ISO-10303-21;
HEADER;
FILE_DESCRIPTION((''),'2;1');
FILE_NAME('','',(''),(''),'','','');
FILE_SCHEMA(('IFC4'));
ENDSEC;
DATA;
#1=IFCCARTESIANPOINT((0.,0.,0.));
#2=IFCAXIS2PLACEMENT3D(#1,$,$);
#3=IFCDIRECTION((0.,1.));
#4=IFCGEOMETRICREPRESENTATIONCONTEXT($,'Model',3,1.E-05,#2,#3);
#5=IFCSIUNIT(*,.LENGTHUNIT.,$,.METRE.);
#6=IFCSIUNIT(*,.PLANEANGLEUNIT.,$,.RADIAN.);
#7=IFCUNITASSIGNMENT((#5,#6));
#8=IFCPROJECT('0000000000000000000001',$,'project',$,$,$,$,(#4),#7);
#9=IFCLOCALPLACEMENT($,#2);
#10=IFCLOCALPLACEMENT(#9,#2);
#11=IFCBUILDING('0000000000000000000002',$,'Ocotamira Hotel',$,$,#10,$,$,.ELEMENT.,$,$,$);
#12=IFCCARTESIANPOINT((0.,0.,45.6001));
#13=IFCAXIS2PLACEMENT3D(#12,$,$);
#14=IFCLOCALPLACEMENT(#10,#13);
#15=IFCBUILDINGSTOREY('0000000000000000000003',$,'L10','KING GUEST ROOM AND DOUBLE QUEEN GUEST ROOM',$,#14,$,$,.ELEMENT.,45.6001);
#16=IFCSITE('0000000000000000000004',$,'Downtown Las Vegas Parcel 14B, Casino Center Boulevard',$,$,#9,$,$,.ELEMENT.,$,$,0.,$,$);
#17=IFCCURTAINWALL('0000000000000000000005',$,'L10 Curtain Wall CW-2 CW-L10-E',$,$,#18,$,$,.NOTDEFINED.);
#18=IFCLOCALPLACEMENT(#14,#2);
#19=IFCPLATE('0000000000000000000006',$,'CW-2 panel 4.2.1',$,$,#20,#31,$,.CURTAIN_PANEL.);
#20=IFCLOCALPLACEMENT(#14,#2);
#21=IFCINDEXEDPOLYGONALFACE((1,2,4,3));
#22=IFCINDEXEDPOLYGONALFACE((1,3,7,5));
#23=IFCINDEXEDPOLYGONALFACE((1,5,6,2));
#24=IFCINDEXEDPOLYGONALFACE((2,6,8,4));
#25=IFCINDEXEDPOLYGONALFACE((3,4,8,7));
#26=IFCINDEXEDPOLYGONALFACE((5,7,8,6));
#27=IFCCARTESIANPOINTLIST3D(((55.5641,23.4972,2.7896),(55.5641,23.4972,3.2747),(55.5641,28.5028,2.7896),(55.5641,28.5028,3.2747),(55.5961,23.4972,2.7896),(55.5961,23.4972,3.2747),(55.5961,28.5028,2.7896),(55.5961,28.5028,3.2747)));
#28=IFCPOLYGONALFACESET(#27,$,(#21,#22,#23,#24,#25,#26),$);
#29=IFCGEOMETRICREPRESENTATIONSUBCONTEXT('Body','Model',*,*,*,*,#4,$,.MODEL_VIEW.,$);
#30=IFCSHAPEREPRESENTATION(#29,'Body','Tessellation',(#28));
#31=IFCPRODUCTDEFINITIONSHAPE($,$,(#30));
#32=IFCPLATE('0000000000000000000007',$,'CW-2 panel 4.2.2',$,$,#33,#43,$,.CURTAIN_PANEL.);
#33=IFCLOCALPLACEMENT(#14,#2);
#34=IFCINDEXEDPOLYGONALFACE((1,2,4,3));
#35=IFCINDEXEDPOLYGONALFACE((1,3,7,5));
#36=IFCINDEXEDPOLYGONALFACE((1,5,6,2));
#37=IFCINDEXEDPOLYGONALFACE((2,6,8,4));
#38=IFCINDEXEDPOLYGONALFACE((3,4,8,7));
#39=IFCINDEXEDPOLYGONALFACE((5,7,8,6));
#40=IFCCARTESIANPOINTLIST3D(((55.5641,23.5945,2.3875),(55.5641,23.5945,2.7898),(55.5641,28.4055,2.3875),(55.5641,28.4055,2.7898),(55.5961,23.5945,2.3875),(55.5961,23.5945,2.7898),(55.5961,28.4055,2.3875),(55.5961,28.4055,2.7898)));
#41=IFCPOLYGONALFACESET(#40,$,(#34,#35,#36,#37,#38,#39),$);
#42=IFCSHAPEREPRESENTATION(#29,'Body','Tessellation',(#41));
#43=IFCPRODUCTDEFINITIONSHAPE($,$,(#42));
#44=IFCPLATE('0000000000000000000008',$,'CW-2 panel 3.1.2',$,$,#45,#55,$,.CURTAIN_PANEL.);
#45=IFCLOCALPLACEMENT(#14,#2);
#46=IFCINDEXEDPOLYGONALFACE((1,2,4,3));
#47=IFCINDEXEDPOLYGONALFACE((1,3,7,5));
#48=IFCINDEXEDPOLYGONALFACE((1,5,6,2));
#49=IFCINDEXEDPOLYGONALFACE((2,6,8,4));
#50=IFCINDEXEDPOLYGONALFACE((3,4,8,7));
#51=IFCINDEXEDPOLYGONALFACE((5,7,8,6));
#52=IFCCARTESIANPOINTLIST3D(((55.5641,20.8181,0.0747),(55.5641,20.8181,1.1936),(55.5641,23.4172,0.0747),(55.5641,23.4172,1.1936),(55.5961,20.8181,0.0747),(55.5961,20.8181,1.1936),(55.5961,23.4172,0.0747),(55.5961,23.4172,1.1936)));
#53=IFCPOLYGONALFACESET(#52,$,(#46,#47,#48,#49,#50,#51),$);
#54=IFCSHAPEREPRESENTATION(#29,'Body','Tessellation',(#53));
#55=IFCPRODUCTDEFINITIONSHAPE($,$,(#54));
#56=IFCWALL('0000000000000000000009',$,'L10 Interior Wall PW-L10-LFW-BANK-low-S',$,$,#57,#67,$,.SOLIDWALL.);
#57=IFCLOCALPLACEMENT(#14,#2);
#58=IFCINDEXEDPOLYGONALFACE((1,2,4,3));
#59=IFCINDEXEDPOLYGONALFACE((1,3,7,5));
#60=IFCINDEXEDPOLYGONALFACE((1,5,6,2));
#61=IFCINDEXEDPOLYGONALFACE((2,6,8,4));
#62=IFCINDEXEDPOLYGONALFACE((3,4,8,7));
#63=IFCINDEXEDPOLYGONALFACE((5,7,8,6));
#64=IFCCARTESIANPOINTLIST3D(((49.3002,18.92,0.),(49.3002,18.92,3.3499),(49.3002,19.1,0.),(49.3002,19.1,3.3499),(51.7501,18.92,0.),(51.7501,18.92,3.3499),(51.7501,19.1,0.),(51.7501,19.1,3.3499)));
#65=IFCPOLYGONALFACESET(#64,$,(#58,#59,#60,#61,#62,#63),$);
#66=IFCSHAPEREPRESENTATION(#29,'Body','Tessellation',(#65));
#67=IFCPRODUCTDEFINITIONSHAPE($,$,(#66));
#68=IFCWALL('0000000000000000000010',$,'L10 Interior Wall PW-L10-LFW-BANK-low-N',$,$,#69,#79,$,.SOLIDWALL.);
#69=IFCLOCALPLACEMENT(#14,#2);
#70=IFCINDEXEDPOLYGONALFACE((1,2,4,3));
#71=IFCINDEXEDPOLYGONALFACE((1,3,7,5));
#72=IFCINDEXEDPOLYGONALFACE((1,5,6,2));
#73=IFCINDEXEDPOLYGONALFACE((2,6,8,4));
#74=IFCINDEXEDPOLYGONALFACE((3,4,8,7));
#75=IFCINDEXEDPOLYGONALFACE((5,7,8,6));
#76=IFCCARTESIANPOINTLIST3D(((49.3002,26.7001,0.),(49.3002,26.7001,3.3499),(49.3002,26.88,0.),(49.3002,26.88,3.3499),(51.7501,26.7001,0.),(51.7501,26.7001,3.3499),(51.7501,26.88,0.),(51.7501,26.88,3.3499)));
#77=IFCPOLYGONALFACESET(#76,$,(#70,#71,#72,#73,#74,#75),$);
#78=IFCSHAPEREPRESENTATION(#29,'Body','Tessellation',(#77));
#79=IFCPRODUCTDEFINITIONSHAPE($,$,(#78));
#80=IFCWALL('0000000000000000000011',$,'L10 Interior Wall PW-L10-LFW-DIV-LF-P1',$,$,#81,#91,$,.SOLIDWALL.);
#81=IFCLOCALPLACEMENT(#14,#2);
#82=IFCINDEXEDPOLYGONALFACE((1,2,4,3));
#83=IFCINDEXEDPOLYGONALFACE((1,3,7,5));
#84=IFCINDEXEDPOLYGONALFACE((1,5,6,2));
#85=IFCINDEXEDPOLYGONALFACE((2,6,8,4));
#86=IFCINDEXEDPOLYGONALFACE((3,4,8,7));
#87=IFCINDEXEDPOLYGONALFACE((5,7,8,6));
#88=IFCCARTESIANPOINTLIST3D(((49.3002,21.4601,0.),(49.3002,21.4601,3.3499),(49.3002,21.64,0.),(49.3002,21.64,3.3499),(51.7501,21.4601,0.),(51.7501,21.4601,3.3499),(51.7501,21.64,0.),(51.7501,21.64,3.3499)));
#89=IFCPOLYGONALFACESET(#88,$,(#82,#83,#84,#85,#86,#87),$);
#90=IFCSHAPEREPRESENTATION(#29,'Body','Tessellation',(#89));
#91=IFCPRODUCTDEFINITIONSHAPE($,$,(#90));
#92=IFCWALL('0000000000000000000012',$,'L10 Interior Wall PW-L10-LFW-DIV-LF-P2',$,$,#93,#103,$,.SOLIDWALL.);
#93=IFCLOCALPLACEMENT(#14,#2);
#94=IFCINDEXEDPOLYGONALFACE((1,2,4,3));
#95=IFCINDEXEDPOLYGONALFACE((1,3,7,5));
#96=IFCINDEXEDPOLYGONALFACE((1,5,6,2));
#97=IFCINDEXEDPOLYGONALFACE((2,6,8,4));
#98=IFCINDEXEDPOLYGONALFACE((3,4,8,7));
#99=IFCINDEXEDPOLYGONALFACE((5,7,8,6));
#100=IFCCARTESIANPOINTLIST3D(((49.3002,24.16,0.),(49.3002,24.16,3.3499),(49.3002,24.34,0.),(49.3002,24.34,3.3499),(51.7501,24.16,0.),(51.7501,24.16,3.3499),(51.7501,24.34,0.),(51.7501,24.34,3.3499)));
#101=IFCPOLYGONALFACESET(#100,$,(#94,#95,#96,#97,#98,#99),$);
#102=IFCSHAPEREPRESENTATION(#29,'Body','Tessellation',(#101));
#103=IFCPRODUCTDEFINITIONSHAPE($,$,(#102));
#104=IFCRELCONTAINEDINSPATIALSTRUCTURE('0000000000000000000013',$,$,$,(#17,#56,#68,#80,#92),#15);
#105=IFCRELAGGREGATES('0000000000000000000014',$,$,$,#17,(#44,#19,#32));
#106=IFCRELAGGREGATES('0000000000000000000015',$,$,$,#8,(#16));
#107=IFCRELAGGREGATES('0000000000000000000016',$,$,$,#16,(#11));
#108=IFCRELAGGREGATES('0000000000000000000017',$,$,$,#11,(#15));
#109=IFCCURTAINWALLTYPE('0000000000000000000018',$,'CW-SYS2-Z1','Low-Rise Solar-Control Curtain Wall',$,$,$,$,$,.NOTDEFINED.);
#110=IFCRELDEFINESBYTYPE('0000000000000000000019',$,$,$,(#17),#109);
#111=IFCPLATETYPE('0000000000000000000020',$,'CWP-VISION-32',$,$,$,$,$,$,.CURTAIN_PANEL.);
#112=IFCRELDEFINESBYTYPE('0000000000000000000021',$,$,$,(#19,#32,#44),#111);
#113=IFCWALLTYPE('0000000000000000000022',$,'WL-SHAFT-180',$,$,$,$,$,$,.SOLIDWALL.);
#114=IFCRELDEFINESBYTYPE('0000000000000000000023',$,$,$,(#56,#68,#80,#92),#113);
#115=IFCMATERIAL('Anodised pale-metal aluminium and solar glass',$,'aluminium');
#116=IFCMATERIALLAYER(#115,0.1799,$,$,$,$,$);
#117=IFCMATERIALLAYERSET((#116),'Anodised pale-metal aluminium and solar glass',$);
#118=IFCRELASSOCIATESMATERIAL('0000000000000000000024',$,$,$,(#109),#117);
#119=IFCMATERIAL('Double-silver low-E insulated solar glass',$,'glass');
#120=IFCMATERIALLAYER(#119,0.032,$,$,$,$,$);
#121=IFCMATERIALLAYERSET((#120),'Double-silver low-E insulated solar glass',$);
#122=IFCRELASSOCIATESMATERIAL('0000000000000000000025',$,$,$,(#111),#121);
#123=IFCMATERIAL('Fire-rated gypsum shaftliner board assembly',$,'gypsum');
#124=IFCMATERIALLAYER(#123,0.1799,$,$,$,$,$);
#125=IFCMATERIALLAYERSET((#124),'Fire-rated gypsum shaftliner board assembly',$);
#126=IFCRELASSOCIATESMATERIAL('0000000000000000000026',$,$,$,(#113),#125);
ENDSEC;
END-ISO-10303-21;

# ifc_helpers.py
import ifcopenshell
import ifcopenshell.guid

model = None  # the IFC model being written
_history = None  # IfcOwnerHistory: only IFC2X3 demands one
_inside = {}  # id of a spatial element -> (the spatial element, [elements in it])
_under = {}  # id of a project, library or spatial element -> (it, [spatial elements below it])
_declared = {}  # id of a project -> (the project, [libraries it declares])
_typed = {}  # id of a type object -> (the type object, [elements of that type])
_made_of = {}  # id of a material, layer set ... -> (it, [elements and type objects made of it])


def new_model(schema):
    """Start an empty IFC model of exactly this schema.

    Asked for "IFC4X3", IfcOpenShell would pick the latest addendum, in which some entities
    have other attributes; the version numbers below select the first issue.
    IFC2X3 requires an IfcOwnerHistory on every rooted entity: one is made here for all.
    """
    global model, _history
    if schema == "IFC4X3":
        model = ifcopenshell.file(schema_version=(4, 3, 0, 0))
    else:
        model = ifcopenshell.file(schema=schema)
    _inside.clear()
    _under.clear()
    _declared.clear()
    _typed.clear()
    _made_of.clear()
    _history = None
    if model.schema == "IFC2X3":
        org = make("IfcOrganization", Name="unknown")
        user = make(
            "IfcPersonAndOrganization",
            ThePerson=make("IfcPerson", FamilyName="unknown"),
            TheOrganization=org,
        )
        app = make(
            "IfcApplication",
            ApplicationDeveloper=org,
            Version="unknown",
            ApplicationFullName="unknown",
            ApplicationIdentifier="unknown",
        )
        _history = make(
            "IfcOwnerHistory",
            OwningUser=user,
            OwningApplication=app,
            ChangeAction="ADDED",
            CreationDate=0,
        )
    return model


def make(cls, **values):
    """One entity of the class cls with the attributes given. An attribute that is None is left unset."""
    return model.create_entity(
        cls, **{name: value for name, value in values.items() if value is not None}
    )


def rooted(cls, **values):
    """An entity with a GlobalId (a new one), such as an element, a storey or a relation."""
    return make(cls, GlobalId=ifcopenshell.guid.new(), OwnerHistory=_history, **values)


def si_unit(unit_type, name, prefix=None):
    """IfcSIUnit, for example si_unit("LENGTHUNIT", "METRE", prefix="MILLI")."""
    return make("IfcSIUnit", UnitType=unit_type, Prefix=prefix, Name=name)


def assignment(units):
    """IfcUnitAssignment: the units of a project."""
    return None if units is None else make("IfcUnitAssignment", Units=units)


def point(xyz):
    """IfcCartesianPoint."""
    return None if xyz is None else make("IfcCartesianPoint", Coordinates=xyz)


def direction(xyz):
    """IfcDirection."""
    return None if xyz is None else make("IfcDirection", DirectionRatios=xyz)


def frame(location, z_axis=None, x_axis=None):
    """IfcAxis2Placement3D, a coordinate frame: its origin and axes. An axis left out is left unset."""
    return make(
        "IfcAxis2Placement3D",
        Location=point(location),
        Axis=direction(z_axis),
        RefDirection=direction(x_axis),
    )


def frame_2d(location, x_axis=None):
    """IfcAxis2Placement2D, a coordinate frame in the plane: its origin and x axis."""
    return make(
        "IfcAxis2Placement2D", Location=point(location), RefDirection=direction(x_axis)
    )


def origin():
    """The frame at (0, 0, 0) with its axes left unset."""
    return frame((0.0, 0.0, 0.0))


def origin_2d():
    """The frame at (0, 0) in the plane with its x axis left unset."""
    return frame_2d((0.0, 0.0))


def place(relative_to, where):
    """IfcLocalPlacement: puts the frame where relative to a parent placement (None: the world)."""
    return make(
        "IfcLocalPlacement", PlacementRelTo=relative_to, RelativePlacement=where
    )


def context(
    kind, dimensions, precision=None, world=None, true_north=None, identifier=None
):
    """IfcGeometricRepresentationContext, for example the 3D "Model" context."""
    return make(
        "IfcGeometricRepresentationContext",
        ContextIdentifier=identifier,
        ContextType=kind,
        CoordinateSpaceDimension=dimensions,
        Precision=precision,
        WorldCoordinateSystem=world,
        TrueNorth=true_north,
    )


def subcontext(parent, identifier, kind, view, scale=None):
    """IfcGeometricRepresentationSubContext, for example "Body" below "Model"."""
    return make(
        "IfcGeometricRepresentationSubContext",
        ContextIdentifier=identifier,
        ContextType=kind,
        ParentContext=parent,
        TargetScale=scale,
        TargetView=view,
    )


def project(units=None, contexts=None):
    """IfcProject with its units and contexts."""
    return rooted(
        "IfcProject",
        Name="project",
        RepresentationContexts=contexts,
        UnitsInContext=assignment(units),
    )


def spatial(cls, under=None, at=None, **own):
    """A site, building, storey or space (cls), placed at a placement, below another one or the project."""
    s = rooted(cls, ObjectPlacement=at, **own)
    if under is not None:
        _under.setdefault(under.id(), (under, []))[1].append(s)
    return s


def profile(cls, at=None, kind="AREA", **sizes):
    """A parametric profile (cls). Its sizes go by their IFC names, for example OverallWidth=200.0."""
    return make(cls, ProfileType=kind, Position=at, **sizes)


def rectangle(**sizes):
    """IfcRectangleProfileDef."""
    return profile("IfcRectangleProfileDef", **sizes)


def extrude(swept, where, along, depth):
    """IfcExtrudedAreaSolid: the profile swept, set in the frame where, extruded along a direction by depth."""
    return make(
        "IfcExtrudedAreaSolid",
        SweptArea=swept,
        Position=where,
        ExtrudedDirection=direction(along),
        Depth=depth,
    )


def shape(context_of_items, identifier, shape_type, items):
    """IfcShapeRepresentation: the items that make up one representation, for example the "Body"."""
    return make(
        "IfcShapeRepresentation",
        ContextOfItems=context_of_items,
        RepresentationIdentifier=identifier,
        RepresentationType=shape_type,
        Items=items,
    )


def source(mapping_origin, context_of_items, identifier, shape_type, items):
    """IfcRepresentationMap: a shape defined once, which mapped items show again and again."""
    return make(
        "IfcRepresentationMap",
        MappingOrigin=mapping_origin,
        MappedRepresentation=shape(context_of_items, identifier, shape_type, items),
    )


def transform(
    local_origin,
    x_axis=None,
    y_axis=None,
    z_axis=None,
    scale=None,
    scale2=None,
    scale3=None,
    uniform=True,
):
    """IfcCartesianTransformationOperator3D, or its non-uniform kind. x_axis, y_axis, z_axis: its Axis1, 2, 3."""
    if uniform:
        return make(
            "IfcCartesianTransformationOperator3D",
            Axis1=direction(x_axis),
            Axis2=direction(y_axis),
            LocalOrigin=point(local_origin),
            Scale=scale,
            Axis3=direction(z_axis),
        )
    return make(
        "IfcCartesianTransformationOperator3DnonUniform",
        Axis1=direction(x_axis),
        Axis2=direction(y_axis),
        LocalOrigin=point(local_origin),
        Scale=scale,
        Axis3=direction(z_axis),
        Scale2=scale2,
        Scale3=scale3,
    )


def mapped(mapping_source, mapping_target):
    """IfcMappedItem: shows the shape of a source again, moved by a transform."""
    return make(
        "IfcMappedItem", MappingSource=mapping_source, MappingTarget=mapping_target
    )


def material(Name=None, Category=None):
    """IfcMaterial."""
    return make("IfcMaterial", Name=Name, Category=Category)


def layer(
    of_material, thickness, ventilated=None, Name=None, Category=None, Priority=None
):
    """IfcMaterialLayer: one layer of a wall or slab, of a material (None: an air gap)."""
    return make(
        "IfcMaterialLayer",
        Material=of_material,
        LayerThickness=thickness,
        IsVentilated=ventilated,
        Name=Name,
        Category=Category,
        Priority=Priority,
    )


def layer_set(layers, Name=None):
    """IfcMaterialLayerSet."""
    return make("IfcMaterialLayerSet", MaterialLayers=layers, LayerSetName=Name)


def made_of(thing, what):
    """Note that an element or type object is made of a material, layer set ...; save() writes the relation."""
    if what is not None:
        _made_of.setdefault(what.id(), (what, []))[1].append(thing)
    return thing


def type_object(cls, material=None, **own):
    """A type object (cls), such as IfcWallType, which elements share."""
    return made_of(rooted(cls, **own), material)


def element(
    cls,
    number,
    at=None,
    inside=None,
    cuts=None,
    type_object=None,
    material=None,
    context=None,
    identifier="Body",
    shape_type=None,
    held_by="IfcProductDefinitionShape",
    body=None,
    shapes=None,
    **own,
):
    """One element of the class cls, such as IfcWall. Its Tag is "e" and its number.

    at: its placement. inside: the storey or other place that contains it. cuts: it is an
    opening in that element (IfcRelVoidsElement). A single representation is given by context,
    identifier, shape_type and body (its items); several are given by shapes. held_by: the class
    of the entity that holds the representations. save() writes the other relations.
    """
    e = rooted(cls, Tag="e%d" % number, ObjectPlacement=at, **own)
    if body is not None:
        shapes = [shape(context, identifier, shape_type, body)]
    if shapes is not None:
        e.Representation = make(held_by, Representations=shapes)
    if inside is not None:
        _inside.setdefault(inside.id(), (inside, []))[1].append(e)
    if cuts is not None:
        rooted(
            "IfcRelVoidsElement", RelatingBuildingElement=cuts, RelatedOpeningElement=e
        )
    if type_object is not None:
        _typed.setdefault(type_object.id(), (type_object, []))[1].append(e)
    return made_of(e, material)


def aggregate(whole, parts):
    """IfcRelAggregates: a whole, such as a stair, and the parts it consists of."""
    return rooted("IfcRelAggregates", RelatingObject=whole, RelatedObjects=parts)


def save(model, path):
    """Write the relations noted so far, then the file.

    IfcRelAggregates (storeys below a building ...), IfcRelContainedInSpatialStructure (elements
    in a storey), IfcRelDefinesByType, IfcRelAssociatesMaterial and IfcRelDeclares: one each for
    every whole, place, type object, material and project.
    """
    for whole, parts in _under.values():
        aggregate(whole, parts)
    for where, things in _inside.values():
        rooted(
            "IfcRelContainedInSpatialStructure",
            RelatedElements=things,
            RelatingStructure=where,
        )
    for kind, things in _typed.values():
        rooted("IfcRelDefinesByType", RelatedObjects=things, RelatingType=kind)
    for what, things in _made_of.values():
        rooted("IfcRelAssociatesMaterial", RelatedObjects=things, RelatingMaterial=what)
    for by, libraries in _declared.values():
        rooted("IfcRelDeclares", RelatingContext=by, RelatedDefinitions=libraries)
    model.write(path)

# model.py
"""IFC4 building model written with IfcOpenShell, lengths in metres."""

from ifc_helpers import new_model, si_unit, direction, frame, frame_2d, origin, origin_2d, place, context, subcontext, project, spatial, rectangle, extrude, source, transform, mapped, material, layer, layer_set, type_object, element, aggregate, save


model = new_model("IFC4")

# Units and contexts
model_context = context("Model", 3, precision=1e-05, world=origin(), true_north=direction((0.0, 1.0)))
body_context = subcontext(model_context, "Body", "Model", "MODEL_VIEW")
ifc_project = project(units=[si_unit("LENGTHUNIT", "METRE"), si_unit("PLANEANGLEUNIT", "RADIAN")], contexts=[model_context])

# Site, building, storey
site_placement = place(None, origin())
site = spatial("IfcSite", under=ifc_project, at=site_placement, Name="Downtown Las Vegas Parcel 14B, Casino Center Boulevard", CompositionType="ELEMENT", RefElevation=0.0)
building_placement = place(site_placement, origin())
building = spatial("IfcBuilding", under=site, at=building_placement, Name="Ocotamira Hotel", CompositionType="ELEMENT")
storey_placement = place(building_placement, frame((0.0, 0.0, 45.6001)))
storey = spatial("IfcBuildingStorey", under=building, at=storey_placement, Name="L10", Description="KING GUEST ROOM AND DOUBLE QUEEN GUEST ROOM", CompositionType="ELEMENT", Elevation=45.6001)

# Curtain wall
ifc_material_1 = material(Name="Anodised pale-metal aluminium and solar glass", Category="aluminium")
ifc_layer_1 = layer(ifc_material_1, 0.1799)
ifc_layer_set_1 = layer_set([ifc_layer_1], Name="Anodised pale-metal aluminium and solar glass")
curtain_wall_type = type_object("IfcCurtainWallType", Name="CW-SYS2-Z1", Description="Low-Rise Solar-Control Curtain Wall", PredefinedType="NOTDEFINED", material=ifc_layer_set_1)
curtain_wall_placement = place(storey_placement, origin())
curtain_wall = element("IfcCurtainWall", 1, at=curtain_wall_placement, inside=storey, type_object=curtain_wall_type, Name="L10 Curtain Wall CW-2 CW-L10-E", PredefinedType="NOTDEFINED")

# Plates
ifc_material_2 = material(Name="Double-silver low-E insulated solar glass", Category="glass")
ifc_layer_2 = layer(ifc_material_2, 0.032)
ifc_layer_set_2 = layer_set([ifc_layer_2], Name="Double-silver low-E insulated solar glass")
plate_type_1 = type_object("IfcPlateType", Name="CWP-VISION-32", PredefinedType="CURTAIN_PANEL", material=ifc_layer_set_2)
shared_shape_1 = source(origin(), body_context, "Body", "SweptSolid", [
    extrude(rectangle(XDim=5.0056, YDim=0.032, at=origin_2d()), origin(), (0.0, 0.0, 1.0), 0.4851),
])
plate_1_placement = place(storey_placement, frame((55.5801, 26.0, 2.7896), z_axis=(0.0, 0.0, 1.0), x_axis=(0.0, 1.0, 0.0)))
plate_1 = element("IfcPlate", 2, at=plate_1_placement, type_object=plate_type_1, Name="CW-2 panel 4.2.1", PredefinedType="CURTAIN_PANEL", context=body_context, shape_type="MappedRepresentation", body=[
    mapped(shared_shape_1, transform((0.0, 0.0, 0.0), scale=1.0)),
])
shared_shape_2 = source(origin(), body_context, "Body", "SweptSolid", [
    extrude(rectangle(XDim=4.811, YDim=0.032, at=origin_2d()), origin(), (0.0, 0.0, 1.0), 0.4023),
])
plate_2_placement = place(storey_placement, frame((55.5801, 26.0, 2.3875), z_axis=(0.0, 0.0, 1.0), x_axis=(0.0, 1.0, 0.0)))
plate_2 = element("IfcPlate", 3, at=plate_2_placement, type_object=plate_type_1, Name="CW-2 panel 4.2.2", PredefinedType="CURTAIN_PANEL", context=body_context, shape_type="MappedRepresentation", body=[
    mapped(shared_shape_2, transform((0.0, 0.0, 0.0), scale=1.0)),
])
shared_shape_3 = source(origin(), body_context, "Body", "SweptSolid", [
    extrude(rectangle(XDim=2.5991, YDim=0.032, at=origin_2d()), origin(), (0.0, 0.0, 1.0), 1.1189),
])
plate_3_placement = place(storey_placement, frame((55.5801, 22.1177, 0.0747), z_axis=(0.0, 0.0, 1.0), x_axis=(0.0, 1.0, 0.0)))
plate_3 = element("IfcPlate", 4, at=plate_3_placement, type_object=plate_type_1, Name="CW-2 panel 3.1.2", PredefinedType="CURTAIN_PANEL", context=body_context, shape_type="MappedRepresentation", body=[
    mapped(shared_shape_3, transform((0.0, 0.0, 0.0), scale=1.0)),
])
aggregate(curtain_wall, [plate_3, plate_1, plate_2])

# Walls
ifc_material_3 = material(Name="Fire-rated gypsum shaftliner board assembly", Category="gypsum")
ifc_layer_3 = layer(ifc_material_3, 0.1799)
ifc_layer_set_3 = layer_set([ifc_layer_3], Name="Fire-rated gypsum shaftliner board assembly")
wall_type = type_object("IfcWallType", Name="WL-SHAFT-180", PredefinedType="SOLIDWALL", material=ifc_layer_set_3)
for number, where, z_axis, x_axis, name in (
    (5, (49.3, 19.01, 0.0), (0.0, 0.0, 1.0), (1.0, 0.0, 0.0), "L10 Interior Wall PW-L10-LFW-BANK-low-S"),
    (6, (49.3, 26.79, 0.0), (0.0, 0.0, 1.0), (1.0, 0.0, 0.0), "L10 Interior Wall PW-L10-LFW-BANK-low-N"),
    (7, (49.3, 21.55, 0.0), (0.0, 0.0, 1.0), (1.0, 0.0, 0.0), "L10 Interior Wall PW-L10-LFW-DIV-LF-P1"),
    (8, (49.3, 24.25, 0.0), (0.0, 0.0, 1.0), (1.0, 0.0, 0.0), "L10 Interior Wall PW-L10-LFW-DIV-LF-P2"),
):
    element("IfcWall", number, at=place(storey_placement, frame(where, z_axis=z_axis, x_axis=x_axis)), inside=storey, type_object=wall_type, Name=name, PredefinedType="SOLIDWALL", context=body_context, shape_type="SweptSolid", body=[
        extrude(rectangle(XDim=2.45, YDim=0.1799, at=frame_2d((1.2251, 0.0))), origin(), (0.0, 0.0, 1.0), 3.3499),
    ])

save(model, "model.ifc")
